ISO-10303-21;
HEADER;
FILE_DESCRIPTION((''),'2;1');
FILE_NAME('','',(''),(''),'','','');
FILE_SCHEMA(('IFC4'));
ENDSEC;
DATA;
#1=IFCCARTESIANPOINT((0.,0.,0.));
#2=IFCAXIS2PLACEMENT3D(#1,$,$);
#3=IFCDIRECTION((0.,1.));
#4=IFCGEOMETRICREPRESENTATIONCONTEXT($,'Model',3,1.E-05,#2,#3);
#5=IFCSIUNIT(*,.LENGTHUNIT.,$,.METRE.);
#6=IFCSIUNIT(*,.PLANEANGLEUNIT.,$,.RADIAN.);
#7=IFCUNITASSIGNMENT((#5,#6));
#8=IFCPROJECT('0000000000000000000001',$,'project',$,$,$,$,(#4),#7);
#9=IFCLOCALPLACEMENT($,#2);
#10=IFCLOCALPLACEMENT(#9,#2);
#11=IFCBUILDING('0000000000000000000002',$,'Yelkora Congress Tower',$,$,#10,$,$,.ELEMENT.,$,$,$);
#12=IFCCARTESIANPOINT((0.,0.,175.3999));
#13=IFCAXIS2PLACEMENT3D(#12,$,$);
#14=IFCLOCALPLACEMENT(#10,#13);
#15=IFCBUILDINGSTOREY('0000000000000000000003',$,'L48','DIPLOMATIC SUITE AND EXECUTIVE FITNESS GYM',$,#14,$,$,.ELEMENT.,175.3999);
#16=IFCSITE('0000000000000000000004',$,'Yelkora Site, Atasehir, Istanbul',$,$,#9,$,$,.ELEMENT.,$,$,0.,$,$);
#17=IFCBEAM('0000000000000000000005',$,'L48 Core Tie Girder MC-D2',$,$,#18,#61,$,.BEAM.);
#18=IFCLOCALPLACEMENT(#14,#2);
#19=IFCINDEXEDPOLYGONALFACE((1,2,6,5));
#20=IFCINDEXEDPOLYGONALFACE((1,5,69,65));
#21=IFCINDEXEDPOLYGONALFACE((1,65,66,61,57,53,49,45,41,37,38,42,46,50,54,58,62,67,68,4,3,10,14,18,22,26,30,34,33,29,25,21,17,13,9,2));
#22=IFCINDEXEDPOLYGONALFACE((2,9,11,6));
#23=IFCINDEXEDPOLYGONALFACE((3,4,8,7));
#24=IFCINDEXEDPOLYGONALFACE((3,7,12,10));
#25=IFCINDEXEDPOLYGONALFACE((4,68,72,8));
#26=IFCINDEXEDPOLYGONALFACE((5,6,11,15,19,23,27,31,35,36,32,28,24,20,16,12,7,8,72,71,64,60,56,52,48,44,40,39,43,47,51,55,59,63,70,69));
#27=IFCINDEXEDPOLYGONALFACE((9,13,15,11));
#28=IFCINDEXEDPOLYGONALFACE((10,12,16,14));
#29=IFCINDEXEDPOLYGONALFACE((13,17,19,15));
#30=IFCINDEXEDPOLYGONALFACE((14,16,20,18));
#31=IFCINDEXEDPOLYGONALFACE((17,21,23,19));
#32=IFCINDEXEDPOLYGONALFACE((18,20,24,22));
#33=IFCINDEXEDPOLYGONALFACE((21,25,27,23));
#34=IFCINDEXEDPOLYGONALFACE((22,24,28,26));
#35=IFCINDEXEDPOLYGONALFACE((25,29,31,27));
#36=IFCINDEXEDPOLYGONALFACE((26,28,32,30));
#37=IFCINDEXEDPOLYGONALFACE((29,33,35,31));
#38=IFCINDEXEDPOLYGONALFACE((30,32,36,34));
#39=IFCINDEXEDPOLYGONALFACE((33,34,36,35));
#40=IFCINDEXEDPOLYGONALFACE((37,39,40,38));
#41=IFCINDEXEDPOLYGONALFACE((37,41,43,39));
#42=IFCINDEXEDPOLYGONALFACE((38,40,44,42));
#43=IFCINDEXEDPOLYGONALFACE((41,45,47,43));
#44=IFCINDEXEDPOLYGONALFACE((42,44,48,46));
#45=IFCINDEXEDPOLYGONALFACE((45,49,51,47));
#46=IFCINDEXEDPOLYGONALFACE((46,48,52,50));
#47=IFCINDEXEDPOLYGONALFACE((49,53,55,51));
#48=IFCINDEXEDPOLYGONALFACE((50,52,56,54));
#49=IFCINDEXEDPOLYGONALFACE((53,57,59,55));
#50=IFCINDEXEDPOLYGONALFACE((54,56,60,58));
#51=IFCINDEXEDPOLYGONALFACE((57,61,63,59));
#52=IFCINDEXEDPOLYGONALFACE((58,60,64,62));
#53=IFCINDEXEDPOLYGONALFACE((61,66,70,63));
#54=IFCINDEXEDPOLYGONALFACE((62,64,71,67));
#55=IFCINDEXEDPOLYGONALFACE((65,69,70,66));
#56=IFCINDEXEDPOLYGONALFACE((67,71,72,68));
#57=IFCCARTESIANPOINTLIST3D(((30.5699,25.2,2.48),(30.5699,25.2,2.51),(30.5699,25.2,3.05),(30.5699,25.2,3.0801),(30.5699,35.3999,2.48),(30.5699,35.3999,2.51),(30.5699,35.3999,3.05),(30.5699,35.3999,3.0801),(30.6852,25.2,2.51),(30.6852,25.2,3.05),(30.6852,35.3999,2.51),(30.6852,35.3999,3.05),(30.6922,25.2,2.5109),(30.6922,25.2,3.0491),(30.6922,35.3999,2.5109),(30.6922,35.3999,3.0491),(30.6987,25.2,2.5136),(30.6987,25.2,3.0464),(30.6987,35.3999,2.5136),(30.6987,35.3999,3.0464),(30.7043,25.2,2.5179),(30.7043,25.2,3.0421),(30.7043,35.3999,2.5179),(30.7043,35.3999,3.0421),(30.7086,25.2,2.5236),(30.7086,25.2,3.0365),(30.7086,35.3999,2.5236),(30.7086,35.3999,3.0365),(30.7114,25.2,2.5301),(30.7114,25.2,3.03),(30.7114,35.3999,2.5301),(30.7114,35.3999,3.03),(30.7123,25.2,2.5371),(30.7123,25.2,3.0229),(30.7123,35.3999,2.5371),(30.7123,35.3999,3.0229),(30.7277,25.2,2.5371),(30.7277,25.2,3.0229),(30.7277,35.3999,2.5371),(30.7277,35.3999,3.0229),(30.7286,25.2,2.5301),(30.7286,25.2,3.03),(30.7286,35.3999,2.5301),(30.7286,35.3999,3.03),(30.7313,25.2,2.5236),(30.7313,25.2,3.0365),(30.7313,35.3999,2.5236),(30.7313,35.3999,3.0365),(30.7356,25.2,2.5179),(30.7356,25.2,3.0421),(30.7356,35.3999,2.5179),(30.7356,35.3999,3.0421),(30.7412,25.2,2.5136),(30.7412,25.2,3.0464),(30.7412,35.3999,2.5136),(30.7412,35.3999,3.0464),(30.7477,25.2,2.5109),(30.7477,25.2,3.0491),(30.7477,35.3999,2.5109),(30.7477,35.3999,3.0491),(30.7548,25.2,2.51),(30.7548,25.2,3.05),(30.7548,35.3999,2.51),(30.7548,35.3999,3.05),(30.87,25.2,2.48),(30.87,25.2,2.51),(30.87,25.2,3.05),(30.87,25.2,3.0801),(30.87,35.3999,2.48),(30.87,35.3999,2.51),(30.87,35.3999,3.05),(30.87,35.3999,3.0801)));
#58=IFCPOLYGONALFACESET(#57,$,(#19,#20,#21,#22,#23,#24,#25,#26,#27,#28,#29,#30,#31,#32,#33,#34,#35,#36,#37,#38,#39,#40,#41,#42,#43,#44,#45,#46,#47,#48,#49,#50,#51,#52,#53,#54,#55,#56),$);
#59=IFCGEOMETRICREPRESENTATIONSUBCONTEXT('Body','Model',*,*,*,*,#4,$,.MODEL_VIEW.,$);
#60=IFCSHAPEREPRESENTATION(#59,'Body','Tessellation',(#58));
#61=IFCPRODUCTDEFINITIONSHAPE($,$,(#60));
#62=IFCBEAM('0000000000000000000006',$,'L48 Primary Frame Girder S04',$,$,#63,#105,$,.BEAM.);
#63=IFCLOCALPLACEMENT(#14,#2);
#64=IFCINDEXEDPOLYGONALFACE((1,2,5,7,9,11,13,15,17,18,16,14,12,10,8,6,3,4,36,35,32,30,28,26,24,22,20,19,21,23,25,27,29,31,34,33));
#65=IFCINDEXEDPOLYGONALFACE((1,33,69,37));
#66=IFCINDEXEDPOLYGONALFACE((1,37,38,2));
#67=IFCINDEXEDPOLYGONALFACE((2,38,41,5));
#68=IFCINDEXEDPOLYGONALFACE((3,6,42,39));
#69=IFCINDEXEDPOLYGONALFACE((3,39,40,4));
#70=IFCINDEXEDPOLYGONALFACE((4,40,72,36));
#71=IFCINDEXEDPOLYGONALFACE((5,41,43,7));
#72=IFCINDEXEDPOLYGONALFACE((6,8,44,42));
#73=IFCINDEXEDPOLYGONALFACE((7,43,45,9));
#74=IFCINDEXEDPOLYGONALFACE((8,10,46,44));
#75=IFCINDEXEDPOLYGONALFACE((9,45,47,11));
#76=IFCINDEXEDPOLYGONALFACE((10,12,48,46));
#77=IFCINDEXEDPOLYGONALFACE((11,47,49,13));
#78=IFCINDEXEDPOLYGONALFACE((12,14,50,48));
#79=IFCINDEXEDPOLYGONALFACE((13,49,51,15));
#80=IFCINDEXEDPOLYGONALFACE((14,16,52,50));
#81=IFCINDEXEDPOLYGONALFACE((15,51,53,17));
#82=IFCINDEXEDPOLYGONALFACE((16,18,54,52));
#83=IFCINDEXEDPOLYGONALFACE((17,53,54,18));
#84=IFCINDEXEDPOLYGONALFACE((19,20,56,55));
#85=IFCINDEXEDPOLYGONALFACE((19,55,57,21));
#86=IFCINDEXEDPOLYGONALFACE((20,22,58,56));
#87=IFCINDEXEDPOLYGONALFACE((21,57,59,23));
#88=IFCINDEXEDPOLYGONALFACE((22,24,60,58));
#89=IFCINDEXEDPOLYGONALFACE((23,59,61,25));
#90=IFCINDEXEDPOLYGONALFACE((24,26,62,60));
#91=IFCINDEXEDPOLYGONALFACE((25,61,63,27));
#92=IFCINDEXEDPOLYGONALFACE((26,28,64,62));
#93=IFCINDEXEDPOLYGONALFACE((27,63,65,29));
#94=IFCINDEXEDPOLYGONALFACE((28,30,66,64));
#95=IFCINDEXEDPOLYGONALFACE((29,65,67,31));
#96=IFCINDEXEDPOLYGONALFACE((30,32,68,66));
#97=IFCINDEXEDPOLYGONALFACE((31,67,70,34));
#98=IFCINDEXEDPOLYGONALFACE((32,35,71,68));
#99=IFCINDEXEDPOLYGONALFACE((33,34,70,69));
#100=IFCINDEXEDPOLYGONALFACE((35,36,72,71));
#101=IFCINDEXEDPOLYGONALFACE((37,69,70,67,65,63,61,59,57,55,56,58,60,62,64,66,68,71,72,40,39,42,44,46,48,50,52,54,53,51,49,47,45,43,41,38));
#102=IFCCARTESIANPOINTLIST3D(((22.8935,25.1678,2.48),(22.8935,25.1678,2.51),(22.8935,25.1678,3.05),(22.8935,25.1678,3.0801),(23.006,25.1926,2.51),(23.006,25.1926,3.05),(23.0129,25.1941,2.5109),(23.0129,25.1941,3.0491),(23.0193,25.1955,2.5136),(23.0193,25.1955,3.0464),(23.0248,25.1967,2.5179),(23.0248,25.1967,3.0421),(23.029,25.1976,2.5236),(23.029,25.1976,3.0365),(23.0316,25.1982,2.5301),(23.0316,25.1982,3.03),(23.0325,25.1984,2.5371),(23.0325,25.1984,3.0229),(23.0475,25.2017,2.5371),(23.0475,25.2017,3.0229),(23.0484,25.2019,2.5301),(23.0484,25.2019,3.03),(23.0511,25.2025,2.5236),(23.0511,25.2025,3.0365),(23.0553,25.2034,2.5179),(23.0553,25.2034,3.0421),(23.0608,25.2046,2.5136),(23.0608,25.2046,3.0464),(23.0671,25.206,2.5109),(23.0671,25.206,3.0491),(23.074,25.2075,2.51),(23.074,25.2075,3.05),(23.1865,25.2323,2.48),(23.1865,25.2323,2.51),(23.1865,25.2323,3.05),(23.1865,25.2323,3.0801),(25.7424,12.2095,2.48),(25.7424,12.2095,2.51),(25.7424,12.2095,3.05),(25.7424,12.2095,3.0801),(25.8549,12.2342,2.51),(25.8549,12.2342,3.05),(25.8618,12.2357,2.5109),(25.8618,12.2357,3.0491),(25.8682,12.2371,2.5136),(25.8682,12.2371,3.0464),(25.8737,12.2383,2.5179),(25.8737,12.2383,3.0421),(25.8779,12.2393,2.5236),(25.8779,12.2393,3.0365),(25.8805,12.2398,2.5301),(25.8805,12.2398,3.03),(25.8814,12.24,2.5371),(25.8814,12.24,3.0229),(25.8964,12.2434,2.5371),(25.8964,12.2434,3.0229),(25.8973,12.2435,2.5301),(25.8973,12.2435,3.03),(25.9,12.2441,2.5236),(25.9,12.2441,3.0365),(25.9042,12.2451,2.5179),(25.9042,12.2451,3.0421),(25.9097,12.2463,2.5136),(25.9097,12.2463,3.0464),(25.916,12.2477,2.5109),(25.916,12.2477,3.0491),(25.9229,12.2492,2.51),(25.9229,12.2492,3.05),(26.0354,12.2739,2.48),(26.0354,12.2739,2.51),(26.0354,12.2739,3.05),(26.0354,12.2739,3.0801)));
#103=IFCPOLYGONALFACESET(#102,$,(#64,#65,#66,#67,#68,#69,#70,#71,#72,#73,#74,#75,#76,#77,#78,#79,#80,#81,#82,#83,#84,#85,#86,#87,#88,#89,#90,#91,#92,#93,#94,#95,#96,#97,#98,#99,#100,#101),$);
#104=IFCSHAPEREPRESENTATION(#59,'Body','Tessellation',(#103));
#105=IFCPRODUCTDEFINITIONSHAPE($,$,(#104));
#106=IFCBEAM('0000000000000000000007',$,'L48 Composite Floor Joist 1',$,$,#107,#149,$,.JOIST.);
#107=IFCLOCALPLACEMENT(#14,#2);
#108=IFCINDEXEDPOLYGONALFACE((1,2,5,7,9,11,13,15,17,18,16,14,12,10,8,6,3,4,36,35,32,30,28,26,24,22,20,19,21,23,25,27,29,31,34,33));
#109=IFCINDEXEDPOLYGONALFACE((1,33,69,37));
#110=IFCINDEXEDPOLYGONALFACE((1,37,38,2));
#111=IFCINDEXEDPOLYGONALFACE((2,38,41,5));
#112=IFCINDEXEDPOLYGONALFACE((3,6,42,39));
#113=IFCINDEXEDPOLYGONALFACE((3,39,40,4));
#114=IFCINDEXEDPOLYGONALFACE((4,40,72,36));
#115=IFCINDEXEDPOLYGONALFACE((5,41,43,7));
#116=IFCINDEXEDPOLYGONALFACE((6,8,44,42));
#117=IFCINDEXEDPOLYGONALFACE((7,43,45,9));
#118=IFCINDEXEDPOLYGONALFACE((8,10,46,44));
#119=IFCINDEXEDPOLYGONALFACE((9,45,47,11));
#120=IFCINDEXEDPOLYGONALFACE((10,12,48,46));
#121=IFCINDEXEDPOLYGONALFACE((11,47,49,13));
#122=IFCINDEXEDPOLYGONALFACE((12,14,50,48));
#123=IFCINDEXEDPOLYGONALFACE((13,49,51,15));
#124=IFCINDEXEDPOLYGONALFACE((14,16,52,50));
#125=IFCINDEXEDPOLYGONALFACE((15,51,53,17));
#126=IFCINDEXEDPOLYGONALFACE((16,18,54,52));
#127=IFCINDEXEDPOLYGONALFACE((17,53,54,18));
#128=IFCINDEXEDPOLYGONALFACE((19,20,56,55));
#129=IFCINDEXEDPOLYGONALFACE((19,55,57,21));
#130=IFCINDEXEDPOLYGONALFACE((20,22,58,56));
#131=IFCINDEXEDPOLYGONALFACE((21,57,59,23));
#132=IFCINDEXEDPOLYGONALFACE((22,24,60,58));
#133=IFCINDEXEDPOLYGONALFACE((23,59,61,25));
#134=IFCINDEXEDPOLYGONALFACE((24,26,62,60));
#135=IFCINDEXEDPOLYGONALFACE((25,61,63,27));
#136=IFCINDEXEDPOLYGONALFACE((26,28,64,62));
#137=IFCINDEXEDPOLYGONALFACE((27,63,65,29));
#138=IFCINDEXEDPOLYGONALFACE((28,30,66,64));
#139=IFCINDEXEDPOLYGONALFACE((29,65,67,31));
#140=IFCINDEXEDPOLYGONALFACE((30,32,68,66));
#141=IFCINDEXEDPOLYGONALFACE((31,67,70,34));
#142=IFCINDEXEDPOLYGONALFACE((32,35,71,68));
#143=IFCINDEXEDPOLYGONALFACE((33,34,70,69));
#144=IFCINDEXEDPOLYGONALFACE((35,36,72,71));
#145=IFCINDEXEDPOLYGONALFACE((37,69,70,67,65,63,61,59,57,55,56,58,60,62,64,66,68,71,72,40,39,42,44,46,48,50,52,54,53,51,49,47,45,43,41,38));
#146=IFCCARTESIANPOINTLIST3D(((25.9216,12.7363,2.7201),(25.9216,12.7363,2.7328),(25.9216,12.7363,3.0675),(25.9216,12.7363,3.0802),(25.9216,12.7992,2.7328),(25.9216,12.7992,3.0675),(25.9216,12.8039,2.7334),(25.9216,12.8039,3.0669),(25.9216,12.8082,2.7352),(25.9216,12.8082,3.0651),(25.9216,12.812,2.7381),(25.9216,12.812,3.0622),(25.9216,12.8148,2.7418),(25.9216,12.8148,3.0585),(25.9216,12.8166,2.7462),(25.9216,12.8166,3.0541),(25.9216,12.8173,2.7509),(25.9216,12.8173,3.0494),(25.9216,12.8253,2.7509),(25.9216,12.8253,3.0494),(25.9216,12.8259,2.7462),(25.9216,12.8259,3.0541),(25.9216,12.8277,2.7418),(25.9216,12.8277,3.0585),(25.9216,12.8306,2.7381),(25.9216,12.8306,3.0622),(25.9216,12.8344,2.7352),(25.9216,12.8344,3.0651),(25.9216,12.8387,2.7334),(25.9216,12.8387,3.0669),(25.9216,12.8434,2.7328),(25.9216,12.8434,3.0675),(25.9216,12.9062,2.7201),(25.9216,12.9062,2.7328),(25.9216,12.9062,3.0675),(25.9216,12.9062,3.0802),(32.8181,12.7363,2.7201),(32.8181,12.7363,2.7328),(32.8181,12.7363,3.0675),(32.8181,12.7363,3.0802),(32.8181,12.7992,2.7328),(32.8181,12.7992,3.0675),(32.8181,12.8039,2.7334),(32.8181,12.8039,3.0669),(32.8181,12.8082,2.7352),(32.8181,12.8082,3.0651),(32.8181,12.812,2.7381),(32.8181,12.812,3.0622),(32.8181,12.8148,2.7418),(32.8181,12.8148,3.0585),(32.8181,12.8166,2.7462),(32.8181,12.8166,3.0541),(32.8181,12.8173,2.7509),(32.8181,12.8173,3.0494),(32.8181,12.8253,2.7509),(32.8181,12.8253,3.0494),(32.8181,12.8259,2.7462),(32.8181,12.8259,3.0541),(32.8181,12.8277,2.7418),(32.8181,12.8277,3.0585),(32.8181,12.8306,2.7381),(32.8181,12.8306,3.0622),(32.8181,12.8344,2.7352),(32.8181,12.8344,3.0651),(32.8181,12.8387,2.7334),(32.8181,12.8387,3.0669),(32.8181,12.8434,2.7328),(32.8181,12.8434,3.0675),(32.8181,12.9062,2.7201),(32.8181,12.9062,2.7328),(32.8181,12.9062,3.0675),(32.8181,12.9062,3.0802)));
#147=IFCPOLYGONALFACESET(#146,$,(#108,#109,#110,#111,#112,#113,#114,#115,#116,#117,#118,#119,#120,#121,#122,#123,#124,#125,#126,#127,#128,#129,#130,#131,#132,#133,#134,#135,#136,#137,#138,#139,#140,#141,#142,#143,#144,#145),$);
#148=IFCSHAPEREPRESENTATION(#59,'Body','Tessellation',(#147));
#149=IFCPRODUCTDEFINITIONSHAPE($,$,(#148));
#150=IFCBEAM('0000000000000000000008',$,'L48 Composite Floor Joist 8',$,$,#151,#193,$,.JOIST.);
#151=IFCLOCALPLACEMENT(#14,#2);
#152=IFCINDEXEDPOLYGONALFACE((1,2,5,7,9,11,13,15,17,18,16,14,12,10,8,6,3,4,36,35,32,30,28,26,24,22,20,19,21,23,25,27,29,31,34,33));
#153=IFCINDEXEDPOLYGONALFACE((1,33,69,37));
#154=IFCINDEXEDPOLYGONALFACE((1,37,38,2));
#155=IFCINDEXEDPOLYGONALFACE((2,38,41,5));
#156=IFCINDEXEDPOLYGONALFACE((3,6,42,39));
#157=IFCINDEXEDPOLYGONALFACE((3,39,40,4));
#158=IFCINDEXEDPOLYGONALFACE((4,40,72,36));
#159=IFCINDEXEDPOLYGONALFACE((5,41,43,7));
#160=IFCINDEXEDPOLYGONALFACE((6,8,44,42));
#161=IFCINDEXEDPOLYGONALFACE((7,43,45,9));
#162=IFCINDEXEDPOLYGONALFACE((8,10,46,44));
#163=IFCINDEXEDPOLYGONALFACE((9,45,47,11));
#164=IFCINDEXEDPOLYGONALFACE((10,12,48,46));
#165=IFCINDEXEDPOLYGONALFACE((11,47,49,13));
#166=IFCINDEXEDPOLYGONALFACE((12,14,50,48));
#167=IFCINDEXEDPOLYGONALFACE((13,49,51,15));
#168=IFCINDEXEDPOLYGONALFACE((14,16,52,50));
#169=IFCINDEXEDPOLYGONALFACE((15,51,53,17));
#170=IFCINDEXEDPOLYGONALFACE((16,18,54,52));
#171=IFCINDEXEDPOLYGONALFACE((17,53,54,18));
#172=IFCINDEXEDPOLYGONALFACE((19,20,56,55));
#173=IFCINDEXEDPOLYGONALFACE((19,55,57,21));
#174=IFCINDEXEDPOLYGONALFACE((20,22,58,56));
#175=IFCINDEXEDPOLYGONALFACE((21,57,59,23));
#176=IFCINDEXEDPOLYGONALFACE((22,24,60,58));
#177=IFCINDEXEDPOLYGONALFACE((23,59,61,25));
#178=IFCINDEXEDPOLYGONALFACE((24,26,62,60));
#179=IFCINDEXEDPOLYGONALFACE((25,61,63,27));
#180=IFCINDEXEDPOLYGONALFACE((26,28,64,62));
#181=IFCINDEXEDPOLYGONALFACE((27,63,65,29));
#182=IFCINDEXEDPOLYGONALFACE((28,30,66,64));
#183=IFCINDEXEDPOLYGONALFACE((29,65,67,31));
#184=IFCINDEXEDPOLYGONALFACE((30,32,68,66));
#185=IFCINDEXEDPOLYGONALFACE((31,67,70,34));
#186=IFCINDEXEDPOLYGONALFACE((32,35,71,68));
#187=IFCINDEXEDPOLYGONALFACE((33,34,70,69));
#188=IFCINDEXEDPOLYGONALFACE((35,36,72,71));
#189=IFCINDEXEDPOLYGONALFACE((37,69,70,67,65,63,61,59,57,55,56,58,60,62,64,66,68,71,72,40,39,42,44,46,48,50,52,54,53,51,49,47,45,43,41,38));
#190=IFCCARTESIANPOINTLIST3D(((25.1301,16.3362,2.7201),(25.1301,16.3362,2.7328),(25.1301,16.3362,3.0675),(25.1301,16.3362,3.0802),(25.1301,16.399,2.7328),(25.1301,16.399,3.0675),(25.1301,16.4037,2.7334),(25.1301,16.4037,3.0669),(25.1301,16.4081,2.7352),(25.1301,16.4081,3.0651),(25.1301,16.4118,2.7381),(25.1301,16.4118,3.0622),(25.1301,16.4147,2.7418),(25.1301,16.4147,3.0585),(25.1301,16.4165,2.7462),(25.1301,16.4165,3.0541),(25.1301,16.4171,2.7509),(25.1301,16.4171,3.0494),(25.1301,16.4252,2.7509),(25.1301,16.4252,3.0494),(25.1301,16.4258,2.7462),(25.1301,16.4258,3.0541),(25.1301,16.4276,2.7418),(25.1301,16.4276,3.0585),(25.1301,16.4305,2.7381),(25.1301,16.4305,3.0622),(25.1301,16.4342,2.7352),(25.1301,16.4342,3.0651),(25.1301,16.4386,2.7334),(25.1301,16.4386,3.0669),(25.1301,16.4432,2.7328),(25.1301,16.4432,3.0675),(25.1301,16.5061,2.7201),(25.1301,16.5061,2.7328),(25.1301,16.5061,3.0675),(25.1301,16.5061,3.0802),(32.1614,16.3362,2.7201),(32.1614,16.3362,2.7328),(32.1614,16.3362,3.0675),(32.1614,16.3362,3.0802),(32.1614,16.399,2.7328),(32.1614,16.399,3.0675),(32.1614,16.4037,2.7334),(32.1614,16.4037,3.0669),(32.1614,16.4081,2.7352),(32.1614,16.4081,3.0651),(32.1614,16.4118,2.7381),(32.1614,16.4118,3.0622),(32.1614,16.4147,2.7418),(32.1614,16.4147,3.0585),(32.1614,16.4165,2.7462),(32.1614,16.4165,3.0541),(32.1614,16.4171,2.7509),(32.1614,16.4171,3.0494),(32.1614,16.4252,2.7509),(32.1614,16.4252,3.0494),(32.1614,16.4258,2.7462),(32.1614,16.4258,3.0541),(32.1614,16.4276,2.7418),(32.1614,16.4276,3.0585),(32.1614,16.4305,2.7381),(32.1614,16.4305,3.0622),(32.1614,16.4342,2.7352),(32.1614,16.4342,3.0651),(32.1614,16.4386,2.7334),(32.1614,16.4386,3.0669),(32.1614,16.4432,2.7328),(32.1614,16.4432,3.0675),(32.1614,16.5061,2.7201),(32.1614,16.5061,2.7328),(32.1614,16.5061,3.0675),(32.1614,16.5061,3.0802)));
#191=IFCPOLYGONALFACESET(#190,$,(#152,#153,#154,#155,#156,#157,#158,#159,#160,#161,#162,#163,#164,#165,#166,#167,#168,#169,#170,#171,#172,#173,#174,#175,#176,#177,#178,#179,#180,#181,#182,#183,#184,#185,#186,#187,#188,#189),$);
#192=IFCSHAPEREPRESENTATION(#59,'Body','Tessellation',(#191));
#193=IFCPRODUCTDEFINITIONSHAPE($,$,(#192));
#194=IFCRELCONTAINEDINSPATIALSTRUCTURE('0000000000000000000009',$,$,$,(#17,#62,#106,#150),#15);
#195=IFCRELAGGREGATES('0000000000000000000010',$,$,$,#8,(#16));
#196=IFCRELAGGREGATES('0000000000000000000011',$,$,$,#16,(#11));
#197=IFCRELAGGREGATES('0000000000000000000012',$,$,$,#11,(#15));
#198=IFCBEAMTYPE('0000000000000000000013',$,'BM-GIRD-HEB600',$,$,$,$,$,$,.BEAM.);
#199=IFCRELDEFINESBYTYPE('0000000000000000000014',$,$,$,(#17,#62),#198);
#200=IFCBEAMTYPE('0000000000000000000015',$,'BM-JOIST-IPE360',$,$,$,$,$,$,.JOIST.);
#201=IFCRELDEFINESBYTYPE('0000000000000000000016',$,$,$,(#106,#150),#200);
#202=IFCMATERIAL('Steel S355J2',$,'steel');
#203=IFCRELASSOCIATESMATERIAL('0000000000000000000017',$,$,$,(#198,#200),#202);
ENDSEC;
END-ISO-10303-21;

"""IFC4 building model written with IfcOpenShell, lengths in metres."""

from ifc_helpers import new_model, si_unit, direction, frame, origin, origin_2d, place, context, subcontext, project, spatial, i_section, extrude, material, material_profile, profile_set, type_object, element, save


model = new_model("IFC4")

# Units and contexts
model_context = context("Model", 3, precision=1e-05, world=origin(), true_north=direction((0.0, 1.0)))
body_context = subcontext(model_context, "Body", "Model", "MODEL_VIEW")
ifc_project = project(units=[si_unit("LENGTHUNIT", "METRE"), si_unit("PLANEANGLEUNIT", "RADIAN")], contexts=[model_context])

# Site, building, storey
site_placement = place(None, origin())
site = spatial("IfcSite", under=ifc_project, at=site_placement, Name="Yelkora Site, Atasehir, Istanbul", CompositionType="ELEMENT", RefElevation=0.0)
building_placement = place(site_placement, origin())
building = spatial("IfcBuilding", under=site, at=building_placement, Name="Yelkora Congress Tower", CompositionType="ELEMENT")
storey_placement = place(building_placement, frame((0.0, 0.0, 175.3999)))
storey = spatial("IfcBuildingStorey", under=building, at=storey_placement, Name="L48", Description="DIPLOMATIC SUITE AND EXECUTIVE FITNESS GYM", CompositionType="ELEMENT", Elevation=175.3999)

# Beams
ifc_material_1 = material(Name="Steel S355J2", Category="steel")
ifc_material_profile_1 = material_profile(ifc_material_1, i_section(OverallWidth=0.3, OverallDepth=0.6001, WebThickness=0.0154, FlangeThickness=0.03, FilletRadius=0.0271, at=origin_2d()), Name="HEB 600")
ifc_profile_set_1 = profile_set([ifc_material_profile_1], Name="Steel S355J2")
beam_type_1 = type_object("IfcBeamType", Name="BM-GIRD-HEB600", PredefinedType="BEAM", material=ifc_profile_set_1)
for number, where, z_axis, x_axis, name in (
    (1, (30.72, 25.2, 2.78), (0.0, 1.0, 0.0), (-1.0, 0.0, 0.0), "L48 Core Tie Girder MC-D2"),
):
    element("IfcBeam", number, at=place(storey_placement, frame(where, z_axis=z_axis, x_axis=x_axis)), inside=storey, type_object=beam_type_1, Name=name, PredefinedType="BEAM", context=body_context, shape_type="SweptSolid", body=[
        extrude(i_section(OverallWidth=0.3, OverallDepth=0.6001, WebThickness=0.0154, FlangeThickness=0.03, FilletRadius=0.0271, at=origin_2d()), origin(), (0.0, 0.0, 1.0), 10.2),
    ])
beam_1_placement = place(storey_placement, frame((25.8889, 12.2417, 2.78), z_axis=(-0.214722, 0.976675, 0.0), x_axis=(-0.976675, -0.214722, 0.0)))
element("IfcBeam", 2, at=beam_1_placement, inside=storey, type_object=beam_type_1, Name="L48 Primary Frame Girder S04", PredefinedType="BEAM", context=body_context, shape_type="SweptSolid", body=[
    extrude(i_section(OverallWidth=0.3, OverallDepth=0.6001, WebThickness=0.0154, FlangeThickness=0.03, FilletRadius=0.0271, at=origin_2d()), origin(), (0.0, 0.0, 1.0), 13.2678),
])
ifc_material_profile_2 = material_profile(ifc_material_1, i_section(OverallWidth=0.1699, OverallDepth=0.3601, WebThickness=0.0081, FlangeThickness=0.0127, FilletRadius=0.0181, at=origin_2d()), Name="IPE 360")
ifc_profile_set_2 = profile_set([ifc_material_profile_2], Name="Steel S355J2")
beam_type_2 = type_object("IfcBeamType", Name="BM-JOIST-IPE360", PredefinedType="JOIST", material=ifc_profile_set_2)
beam_2_placement = place(storey_placement, frame((25.9216, 12.8213, 2.9001), z_axis=(1.0, 0.0, 0.0), x_axis=(0.0, 1.0, 0.0)))
element("IfcBeam", 3, at=beam_2_placement, inside=storey, type_object=beam_type_2, Name="L48 Composite Floor Joist 1", PredefinedType="JOIST", context=body_context, shape_type="SweptSolid", body=[
    extrude(i_section(OverallWidth=0.1699, OverallDepth=0.3601, WebThickness=0.0081, FlangeThickness=0.0127, FilletRadius=0.0181, at=origin_2d()), origin(), (0.0, 0.0, 1.0), 6.8965),
])
beam_3_placement = place(storey_placement, frame((25.1301, 16.4211, 2.9001), z_axis=(1.0, 0.0, 0.0), x_axis=(0.0, 1.0, 0.0)))
element("IfcBeam", 4, at=beam_3_placement, inside=storey, type_object=beam_type_2, Name="L48 Composite Floor Joist 8", PredefinedType="JOIST", context=body_context, shape_type="SweptSolid", body=[
    extrude(i_section(OverallWidth=0.1699, OverallDepth=0.3601, WebThickness=0.0081, FlangeThickness=0.0127, FilletRadius=0.0181, at=origin_2d()), origin(), (0.0, 0.0, 1.0), 7.0312),
])

save(model, "model.ifc")
